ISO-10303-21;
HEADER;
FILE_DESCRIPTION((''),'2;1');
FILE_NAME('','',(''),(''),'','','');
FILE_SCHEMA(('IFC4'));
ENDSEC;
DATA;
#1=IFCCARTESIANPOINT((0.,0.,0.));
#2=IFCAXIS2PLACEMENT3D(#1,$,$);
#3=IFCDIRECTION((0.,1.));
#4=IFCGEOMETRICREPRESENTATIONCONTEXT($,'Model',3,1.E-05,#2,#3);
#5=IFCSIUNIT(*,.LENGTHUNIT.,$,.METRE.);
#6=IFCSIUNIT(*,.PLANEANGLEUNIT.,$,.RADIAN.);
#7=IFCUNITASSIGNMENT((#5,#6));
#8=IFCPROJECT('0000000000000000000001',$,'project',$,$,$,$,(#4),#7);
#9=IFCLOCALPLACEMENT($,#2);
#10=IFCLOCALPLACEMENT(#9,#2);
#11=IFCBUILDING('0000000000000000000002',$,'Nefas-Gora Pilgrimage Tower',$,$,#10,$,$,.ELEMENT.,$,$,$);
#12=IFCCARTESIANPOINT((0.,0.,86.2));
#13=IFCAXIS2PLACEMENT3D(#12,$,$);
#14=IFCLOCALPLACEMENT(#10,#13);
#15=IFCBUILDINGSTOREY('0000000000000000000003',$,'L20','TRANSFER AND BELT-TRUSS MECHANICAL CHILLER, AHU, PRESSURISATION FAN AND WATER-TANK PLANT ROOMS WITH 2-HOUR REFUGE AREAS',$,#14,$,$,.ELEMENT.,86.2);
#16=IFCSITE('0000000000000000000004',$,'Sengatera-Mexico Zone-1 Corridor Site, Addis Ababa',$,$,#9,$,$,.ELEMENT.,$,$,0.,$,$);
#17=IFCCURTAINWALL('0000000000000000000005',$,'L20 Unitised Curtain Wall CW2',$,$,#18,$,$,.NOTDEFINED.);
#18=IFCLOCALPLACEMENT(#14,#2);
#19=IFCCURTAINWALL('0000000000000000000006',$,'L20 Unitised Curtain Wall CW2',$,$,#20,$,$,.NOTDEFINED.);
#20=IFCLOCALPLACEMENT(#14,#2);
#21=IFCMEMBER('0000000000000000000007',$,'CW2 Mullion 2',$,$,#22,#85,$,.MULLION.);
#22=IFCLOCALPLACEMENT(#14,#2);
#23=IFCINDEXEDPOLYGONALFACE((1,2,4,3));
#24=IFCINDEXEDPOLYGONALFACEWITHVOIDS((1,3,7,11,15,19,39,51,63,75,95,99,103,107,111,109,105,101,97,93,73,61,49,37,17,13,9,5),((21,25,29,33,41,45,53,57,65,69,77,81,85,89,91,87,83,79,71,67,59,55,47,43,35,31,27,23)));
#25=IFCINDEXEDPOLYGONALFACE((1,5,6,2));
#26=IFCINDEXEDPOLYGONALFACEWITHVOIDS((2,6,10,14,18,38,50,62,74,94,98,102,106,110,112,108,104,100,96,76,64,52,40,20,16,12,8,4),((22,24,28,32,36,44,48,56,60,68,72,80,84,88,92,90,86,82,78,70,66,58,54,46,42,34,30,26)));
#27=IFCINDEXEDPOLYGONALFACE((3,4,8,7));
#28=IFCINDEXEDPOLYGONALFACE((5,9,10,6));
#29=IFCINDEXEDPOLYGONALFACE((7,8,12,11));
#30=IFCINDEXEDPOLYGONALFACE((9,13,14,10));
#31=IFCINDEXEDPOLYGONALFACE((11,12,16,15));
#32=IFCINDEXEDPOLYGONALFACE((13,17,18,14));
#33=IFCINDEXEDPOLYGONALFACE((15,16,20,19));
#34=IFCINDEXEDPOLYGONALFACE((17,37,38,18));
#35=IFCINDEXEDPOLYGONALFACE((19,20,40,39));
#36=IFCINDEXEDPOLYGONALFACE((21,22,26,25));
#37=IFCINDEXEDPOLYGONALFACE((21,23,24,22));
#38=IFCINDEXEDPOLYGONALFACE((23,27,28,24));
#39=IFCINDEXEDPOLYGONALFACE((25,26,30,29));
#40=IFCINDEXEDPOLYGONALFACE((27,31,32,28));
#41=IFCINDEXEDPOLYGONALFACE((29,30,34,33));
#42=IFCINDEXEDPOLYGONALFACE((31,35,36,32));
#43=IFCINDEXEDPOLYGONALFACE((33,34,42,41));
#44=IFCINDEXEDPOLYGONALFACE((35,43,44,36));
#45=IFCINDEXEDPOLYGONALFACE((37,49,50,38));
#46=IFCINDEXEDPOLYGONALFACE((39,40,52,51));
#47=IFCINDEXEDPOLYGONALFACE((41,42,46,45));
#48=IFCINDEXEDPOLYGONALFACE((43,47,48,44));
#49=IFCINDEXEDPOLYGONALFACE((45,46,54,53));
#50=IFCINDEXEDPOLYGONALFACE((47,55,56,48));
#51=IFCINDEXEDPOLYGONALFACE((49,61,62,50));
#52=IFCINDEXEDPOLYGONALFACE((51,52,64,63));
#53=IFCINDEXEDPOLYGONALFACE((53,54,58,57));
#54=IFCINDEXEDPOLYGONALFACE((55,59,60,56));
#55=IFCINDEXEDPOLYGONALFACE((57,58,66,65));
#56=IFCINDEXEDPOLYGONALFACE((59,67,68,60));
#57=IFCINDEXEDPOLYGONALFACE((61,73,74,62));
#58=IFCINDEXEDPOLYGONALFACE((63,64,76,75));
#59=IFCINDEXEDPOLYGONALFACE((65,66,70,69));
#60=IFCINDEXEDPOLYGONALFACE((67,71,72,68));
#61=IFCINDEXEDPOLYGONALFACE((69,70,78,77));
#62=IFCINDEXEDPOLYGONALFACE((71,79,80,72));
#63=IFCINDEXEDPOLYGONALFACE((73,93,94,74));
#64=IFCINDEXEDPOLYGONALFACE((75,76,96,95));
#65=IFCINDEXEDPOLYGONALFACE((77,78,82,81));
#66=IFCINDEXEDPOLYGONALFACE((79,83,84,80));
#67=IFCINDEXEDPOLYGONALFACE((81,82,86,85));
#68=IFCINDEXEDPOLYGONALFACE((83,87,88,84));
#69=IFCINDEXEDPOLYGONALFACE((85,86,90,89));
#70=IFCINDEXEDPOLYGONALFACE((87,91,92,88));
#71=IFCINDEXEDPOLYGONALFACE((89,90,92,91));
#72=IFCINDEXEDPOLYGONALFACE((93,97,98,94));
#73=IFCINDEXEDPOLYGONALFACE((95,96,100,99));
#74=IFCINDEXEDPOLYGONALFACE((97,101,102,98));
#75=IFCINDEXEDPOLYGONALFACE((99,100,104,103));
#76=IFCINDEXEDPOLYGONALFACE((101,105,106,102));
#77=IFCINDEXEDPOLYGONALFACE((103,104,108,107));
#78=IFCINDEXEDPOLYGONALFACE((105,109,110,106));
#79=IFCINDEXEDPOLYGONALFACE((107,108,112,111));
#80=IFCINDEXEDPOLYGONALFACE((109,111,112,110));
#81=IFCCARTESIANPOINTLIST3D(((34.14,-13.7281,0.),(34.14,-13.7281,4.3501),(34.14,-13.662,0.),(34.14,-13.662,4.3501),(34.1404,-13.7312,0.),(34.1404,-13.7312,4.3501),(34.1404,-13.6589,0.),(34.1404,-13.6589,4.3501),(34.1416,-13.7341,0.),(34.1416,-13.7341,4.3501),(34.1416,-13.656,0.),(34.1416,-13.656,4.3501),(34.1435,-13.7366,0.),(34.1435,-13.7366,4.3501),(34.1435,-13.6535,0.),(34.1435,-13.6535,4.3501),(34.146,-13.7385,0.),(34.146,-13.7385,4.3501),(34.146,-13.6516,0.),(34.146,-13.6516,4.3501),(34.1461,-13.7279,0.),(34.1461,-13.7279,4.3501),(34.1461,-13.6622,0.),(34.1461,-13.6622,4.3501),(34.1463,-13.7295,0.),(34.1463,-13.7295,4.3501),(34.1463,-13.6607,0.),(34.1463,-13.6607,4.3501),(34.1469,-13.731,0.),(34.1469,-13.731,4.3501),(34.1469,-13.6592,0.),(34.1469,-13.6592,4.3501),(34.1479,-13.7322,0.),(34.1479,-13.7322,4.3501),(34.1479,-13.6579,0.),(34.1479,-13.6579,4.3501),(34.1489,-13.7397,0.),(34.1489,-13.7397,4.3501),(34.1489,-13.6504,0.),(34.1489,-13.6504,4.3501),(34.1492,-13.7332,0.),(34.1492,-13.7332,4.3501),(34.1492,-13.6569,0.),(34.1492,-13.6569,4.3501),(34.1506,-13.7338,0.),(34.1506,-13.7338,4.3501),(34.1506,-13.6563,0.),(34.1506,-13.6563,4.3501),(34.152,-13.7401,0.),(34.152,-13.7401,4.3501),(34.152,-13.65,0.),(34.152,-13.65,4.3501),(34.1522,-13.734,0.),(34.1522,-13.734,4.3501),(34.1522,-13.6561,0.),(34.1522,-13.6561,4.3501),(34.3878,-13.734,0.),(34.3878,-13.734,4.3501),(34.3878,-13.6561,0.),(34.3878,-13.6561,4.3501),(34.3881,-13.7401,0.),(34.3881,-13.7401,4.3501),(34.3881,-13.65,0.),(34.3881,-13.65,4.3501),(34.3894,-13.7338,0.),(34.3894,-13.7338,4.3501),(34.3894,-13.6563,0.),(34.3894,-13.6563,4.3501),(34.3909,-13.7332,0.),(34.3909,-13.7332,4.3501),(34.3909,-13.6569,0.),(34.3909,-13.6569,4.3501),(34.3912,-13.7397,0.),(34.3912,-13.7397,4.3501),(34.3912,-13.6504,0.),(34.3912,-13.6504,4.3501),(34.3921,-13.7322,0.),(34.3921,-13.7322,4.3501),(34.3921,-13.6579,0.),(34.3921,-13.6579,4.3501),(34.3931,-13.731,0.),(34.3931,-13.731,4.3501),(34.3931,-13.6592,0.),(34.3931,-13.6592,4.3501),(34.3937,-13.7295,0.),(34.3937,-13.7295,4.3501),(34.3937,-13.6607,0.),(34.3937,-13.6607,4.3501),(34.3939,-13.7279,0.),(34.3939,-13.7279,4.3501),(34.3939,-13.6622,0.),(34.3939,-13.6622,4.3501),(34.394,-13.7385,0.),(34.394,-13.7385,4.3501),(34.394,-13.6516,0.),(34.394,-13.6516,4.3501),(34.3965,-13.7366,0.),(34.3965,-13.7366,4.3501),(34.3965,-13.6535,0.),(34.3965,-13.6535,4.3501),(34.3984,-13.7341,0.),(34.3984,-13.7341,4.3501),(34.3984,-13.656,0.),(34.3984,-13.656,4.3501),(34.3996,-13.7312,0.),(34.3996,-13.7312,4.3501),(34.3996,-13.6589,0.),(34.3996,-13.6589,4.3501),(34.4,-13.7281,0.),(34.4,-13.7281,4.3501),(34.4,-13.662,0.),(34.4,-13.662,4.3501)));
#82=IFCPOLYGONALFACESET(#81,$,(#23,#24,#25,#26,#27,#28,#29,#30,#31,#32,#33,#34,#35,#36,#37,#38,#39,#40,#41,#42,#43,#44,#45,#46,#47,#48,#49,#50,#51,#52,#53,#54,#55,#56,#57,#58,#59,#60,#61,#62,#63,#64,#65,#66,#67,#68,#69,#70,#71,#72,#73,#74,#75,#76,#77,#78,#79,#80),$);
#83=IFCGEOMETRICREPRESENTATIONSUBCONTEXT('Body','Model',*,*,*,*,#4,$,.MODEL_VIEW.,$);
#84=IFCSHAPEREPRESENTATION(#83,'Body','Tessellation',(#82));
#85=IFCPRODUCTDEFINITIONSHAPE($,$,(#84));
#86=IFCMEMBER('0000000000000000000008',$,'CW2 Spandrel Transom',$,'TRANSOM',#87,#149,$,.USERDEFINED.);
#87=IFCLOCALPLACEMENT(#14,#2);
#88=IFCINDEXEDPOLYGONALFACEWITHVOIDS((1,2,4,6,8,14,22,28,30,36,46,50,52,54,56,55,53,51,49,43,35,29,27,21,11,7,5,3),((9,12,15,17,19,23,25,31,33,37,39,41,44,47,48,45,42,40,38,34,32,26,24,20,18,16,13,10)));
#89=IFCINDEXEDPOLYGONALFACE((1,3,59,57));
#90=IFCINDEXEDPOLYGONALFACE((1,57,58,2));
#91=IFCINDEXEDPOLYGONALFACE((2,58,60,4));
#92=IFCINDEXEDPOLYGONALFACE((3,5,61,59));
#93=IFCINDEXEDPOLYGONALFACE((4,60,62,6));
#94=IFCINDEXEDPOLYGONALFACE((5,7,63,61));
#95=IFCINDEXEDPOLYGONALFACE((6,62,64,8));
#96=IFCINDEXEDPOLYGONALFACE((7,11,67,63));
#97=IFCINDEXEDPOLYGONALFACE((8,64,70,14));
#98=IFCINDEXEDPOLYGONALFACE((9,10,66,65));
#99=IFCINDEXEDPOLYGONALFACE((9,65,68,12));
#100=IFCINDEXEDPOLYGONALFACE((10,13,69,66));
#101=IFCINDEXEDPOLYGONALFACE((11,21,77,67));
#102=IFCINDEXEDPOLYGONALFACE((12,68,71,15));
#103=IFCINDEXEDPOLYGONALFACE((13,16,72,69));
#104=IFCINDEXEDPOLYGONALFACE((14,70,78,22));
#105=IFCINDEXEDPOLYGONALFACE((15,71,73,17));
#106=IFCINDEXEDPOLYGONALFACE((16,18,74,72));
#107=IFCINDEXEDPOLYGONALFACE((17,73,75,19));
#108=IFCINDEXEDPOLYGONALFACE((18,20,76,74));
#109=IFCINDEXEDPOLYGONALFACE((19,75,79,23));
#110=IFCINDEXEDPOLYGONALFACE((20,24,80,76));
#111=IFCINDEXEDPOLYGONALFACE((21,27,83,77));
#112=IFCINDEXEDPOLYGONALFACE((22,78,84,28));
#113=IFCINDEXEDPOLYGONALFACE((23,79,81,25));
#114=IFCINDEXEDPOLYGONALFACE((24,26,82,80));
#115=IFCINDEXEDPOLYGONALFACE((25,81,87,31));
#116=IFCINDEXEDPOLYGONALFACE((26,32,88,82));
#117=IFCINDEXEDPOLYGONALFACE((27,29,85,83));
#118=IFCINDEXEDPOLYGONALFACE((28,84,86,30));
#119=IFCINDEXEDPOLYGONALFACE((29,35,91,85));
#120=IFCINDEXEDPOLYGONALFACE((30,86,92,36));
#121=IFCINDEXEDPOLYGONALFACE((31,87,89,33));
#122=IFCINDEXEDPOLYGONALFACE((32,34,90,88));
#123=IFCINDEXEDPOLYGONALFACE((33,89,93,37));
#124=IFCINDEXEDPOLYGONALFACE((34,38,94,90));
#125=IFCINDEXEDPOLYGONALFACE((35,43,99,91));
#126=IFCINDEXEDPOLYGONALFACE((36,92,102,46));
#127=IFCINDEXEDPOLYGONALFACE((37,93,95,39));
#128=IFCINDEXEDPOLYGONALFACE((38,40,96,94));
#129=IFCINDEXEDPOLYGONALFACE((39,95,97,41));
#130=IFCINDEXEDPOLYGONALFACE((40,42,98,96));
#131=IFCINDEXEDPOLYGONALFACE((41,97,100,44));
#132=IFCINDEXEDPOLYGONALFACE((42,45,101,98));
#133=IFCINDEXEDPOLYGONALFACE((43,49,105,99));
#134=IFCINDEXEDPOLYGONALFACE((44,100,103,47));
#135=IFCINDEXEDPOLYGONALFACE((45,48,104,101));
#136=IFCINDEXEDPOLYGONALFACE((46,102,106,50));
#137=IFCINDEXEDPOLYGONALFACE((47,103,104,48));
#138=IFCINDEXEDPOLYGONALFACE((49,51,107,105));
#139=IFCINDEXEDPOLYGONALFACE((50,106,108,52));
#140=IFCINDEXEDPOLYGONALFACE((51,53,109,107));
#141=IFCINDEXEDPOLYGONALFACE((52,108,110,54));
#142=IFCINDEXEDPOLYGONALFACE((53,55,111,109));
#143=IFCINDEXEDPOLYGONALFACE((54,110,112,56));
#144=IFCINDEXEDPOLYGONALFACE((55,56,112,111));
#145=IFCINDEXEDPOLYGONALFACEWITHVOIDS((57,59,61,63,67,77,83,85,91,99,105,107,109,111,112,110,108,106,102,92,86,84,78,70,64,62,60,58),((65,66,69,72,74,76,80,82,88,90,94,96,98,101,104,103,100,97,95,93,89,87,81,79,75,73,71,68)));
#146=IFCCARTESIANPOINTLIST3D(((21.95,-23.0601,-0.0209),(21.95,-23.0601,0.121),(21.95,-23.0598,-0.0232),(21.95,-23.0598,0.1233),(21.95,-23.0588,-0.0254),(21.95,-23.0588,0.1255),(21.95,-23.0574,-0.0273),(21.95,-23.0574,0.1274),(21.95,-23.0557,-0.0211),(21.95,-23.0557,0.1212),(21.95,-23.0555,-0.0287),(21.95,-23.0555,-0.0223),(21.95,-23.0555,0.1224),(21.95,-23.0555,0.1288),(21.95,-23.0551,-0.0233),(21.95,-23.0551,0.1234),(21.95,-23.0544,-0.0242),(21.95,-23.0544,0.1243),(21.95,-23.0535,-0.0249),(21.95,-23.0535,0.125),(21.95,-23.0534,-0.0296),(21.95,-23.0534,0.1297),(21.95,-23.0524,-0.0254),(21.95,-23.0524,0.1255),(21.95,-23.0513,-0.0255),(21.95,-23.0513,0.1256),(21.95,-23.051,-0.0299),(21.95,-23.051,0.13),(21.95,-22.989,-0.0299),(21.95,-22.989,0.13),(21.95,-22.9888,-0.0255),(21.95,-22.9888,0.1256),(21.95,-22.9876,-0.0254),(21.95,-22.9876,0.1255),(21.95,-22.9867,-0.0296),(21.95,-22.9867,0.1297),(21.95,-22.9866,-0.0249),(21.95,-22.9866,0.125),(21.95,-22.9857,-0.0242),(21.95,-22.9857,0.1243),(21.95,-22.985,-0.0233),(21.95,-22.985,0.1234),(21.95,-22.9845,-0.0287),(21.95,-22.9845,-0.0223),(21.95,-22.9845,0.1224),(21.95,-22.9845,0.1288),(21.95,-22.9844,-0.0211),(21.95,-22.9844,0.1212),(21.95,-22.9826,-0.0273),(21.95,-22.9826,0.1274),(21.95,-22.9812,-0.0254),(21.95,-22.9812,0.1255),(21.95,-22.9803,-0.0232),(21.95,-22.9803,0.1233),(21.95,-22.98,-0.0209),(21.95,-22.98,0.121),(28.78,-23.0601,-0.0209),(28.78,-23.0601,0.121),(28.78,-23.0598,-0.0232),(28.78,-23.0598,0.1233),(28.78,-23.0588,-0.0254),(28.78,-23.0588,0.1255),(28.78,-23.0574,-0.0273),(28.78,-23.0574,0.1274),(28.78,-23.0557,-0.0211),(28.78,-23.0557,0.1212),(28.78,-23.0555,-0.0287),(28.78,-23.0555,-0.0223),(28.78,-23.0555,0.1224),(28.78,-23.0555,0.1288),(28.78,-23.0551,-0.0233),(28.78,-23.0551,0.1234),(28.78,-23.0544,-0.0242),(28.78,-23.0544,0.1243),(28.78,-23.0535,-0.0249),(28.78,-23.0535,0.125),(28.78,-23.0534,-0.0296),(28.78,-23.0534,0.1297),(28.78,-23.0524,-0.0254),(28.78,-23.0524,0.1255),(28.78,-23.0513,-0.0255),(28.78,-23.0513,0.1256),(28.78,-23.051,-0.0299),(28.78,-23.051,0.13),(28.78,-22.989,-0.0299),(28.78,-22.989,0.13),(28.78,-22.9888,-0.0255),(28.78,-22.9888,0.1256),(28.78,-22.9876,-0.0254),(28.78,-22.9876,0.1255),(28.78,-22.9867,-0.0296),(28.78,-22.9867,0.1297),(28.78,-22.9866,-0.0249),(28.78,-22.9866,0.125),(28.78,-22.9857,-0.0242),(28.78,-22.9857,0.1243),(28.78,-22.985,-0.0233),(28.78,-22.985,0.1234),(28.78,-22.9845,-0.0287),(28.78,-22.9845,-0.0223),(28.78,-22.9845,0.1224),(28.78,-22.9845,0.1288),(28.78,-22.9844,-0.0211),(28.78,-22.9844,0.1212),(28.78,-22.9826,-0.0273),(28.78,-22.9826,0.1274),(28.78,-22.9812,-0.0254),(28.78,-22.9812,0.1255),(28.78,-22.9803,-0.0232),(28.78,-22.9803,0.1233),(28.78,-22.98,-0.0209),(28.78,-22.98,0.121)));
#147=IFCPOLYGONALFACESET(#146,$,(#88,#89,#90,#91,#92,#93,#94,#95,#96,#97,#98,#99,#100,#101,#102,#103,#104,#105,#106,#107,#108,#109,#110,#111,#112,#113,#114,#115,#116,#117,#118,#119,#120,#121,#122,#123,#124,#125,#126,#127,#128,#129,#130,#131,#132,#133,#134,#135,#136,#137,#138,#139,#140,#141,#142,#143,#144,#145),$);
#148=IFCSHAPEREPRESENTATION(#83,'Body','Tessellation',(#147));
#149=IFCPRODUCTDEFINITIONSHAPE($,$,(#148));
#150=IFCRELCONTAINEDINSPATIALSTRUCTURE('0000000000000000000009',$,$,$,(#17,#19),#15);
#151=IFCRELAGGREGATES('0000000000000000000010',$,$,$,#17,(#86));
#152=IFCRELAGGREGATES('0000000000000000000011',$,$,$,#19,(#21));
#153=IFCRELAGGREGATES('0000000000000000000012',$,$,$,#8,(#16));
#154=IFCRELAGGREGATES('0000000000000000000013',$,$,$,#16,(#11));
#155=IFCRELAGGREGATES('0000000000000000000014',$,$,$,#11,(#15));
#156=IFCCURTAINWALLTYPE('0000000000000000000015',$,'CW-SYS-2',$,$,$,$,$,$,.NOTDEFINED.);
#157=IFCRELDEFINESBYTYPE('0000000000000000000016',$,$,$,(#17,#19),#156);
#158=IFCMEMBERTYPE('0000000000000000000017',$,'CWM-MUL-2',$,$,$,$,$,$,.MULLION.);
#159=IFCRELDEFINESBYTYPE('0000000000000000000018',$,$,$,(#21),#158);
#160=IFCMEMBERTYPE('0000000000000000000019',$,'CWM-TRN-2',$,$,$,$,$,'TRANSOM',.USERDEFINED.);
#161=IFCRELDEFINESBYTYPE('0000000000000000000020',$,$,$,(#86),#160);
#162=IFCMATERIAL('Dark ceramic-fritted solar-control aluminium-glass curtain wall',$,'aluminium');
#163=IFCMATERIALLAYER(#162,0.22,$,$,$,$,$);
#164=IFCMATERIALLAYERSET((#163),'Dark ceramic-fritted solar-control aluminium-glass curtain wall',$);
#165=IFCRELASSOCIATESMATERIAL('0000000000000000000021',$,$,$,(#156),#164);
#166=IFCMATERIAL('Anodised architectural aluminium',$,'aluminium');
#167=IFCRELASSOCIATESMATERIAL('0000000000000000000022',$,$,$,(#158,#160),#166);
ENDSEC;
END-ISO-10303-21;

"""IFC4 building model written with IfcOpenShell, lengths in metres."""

from ifc_helpers import new_model, si_unit, direction, frame, origin, origin_2d, place, context, subcontext, project, spatial, hollow_rectangle, extrude, source, transform, mapped, material, layer, layer_set, material_profile, profile_set, type_object, element, aggregate, save


model = new_model("IFC4")

# Units and contexts
model_context = context("Model", 3, precision=1e-05, world=origin(), true_north=direction((0.0, 1.0)))
body_context = subcontext(model_context, "Body", "Model", "MODEL_VIEW")
ifc_project = project(units=[si_unit("LENGTHUNIT", "METRE"), si_unit("PLANEANGLEUNIT", "RADIAN")], contexts=[model_context])

# Site, building, storey
site_placement = place(None, origin())
site = spatial("IfcSite", under=ifc_project, at=site_placement, Name="Sengatera-Mexico Zone-1 Corridor Site, Addis Ababa", CompositionType="ELEMENT", RefElevation=0.0)
building_placement = place(site_placement, origin())
building = spatial("IfcBuilding", under=site, at=building_placement, Name="Nefas-Gora Pilgrimage Tower", CompositionType="ELEMENT")
storey_placement = place(building_placement, frame((0.0, 0.0, 86.2)))
storey = spatial("IfcBuildingStorey", under=building, at=storey_placement, Name="L20", Description="TRANSFER AND BELT-TRUSS MECHANICAL CHILLER, AHU, PRESSURISATION FAN AND WATER-TANK PLANT ROOMS WITH 2-HOUR REFUGE AREAS", CompositionType="ELEMENT", Elevation=86.2)

# Shared definitions
ifc_material_1 = material(Name="Dark ceramic-fritted solar-control aluminium-glass curtain wall", Category="aluminium")
ifc_layer_1 = layer(ifc_material_1, 0.22)
ifc_layer_set_1 = layer_set([ifc_layer_1], Name="Dark ceramic-fritted solar-control aluminium-glass curtain wall")
curtain_wall_type = type_object("IfcCurtainWallType", Name="CW-SYS-2", PredefinedType="NOTDEFINED", material=ifc_layer_set_1)
ifc_material_2 = material(Name="Anodised architectural aluminium", Category="aluminium")
ifc_material_profile_1 = material_profile(ifc_material_2, hollow_rectangle(XDim=0.0901, YDim=0.26, WallThickness=0.0061, InnerFilletRadius=0.0061, OuterFilletRadius=0.012, at=origin_2d()), Name="ALU MULLION 90x260")
ifc_profile_set_1 = profile_set([ifc_material_profile_1], Name="Anodised architectural aluminium")
member_type_1 = type_object("IfcMemberType", Name="CWM-MUL-2", PredefinedType="MULLION", material=ifc_profile_set_1)
shared_shape_1 = source(origin(), body_context, "Body", "SweptSolid", [
    extrude(hollow_rectangle(XDim=0.0901, YDim=0.26, WallThickness=0.0061, InnerFilletRadius=0.0061, OuterFilletRadius=0.012, at=origin_2d()), origin(), (0.0, 0.0, 1.0), 4.3501),
])

# Curtain walls, member
curtain_wall_1_placement = place(storey_placement, origin())
curtain_wall_1 = element("IfcCurtainWall", 1, at=curtain_wall_1_placement, inside=storey, type_object=curtain_wall_type, Name="L20 Unitised Curtain Wall CW2", PredefinedType="NOTDEFINED")
curtain_wall_2_placement = place(storey_placement, origin())
curtain_wall_2 = element("IfcCurtainWall", 2, at=curtain_wall_2_placement, inside=storey, type_object=curtain_wall_type, Name="L20 Unitised Curtain Wall CW2", PredefinedType="NOTDEFINED")
member_1_placement = place(storey_placement, frame((34.27, -13.6951, 0.0), z_axis=(0.0, 0.0, 1.0), x_axis=(0.0, 1.0, 0.0)))
member_1 = element("IfcMember", 3, at=member_1_placement, type_object=member_type_1, Name="CW2 Mullion 2", PredefinedType="MULLION", context=body_context, shape_type="MappedRepresentation", body=[
    mapped(shared_shape_1, transform((0.0, 0.0, 0.0), x_axis=(1.0, 0.0, 0.0), y_axis=(0.0, 1.0, 0.0), z_axis=(0.0, 0.0, 1.0), scale=1.0)),
])

# Member
ifc_material_profile_2 = material_profile(ifc_material_2, hollow_rectangle(XDim=0.0801, YDim=0.1599, WallThickness=0.0044, InnerFilletRadius=0.0044, OuterFilletRadius=0.009, at=origin_2d()), Name="ALU TRANSOM 80x160")
ifc_profile_set_2 = profile_set([ifc_material_profile_2], Name="Anodised architectural aluminium")
member_type_2 = type_object("IfcMemberType", Name="CWM-TRN-2", ElementType="TRANSOM", PredefinedType="USERDEFINED", material=ifc_profile_set_2)
shared_shape_2 = source(origin(), body_context, "Body", "SweptSolid", [
    extrude(hollow_rectangle(XDim=0.0801, YDim=0.1599, WallThickness=0.0044, InnerFilletRadius=0.0044, OuterFilletRadius=0.009, at=origin_2d()), origin(), (0.0, 0.0, 1.0), 6.8301),
])
member_2_placement = place(storey_placement, frame((21.95, -23.02, 0.05), z_axis=(1.0, 0.0, 0.0), x_axis=(0.0, 1.0, 0.0)))
member_2 = element("IfcMember", 4, at=member_2_placement, type_object=member_type_2, Name="CW2 Spandrel Transom", ObjectType="TRANSOM", PredefinedType="USERDEFINED", context=body_context, shape_type="MappedRepresentation", body=[
    mapped(shared_shape_2, transform((0.0, 0.0, 0.0), x_axis=(1.0, 0.0, 0.0), y_axis=(0.0, 1.0, 0.0), z_axis=(0.0, 0.0, 1.0), scale=1.0)),
])

aggregate(curtain_wall_1, [member_2])
aggregate(curtain_wall_2, [member_1])

save(model, "model.ifc")
